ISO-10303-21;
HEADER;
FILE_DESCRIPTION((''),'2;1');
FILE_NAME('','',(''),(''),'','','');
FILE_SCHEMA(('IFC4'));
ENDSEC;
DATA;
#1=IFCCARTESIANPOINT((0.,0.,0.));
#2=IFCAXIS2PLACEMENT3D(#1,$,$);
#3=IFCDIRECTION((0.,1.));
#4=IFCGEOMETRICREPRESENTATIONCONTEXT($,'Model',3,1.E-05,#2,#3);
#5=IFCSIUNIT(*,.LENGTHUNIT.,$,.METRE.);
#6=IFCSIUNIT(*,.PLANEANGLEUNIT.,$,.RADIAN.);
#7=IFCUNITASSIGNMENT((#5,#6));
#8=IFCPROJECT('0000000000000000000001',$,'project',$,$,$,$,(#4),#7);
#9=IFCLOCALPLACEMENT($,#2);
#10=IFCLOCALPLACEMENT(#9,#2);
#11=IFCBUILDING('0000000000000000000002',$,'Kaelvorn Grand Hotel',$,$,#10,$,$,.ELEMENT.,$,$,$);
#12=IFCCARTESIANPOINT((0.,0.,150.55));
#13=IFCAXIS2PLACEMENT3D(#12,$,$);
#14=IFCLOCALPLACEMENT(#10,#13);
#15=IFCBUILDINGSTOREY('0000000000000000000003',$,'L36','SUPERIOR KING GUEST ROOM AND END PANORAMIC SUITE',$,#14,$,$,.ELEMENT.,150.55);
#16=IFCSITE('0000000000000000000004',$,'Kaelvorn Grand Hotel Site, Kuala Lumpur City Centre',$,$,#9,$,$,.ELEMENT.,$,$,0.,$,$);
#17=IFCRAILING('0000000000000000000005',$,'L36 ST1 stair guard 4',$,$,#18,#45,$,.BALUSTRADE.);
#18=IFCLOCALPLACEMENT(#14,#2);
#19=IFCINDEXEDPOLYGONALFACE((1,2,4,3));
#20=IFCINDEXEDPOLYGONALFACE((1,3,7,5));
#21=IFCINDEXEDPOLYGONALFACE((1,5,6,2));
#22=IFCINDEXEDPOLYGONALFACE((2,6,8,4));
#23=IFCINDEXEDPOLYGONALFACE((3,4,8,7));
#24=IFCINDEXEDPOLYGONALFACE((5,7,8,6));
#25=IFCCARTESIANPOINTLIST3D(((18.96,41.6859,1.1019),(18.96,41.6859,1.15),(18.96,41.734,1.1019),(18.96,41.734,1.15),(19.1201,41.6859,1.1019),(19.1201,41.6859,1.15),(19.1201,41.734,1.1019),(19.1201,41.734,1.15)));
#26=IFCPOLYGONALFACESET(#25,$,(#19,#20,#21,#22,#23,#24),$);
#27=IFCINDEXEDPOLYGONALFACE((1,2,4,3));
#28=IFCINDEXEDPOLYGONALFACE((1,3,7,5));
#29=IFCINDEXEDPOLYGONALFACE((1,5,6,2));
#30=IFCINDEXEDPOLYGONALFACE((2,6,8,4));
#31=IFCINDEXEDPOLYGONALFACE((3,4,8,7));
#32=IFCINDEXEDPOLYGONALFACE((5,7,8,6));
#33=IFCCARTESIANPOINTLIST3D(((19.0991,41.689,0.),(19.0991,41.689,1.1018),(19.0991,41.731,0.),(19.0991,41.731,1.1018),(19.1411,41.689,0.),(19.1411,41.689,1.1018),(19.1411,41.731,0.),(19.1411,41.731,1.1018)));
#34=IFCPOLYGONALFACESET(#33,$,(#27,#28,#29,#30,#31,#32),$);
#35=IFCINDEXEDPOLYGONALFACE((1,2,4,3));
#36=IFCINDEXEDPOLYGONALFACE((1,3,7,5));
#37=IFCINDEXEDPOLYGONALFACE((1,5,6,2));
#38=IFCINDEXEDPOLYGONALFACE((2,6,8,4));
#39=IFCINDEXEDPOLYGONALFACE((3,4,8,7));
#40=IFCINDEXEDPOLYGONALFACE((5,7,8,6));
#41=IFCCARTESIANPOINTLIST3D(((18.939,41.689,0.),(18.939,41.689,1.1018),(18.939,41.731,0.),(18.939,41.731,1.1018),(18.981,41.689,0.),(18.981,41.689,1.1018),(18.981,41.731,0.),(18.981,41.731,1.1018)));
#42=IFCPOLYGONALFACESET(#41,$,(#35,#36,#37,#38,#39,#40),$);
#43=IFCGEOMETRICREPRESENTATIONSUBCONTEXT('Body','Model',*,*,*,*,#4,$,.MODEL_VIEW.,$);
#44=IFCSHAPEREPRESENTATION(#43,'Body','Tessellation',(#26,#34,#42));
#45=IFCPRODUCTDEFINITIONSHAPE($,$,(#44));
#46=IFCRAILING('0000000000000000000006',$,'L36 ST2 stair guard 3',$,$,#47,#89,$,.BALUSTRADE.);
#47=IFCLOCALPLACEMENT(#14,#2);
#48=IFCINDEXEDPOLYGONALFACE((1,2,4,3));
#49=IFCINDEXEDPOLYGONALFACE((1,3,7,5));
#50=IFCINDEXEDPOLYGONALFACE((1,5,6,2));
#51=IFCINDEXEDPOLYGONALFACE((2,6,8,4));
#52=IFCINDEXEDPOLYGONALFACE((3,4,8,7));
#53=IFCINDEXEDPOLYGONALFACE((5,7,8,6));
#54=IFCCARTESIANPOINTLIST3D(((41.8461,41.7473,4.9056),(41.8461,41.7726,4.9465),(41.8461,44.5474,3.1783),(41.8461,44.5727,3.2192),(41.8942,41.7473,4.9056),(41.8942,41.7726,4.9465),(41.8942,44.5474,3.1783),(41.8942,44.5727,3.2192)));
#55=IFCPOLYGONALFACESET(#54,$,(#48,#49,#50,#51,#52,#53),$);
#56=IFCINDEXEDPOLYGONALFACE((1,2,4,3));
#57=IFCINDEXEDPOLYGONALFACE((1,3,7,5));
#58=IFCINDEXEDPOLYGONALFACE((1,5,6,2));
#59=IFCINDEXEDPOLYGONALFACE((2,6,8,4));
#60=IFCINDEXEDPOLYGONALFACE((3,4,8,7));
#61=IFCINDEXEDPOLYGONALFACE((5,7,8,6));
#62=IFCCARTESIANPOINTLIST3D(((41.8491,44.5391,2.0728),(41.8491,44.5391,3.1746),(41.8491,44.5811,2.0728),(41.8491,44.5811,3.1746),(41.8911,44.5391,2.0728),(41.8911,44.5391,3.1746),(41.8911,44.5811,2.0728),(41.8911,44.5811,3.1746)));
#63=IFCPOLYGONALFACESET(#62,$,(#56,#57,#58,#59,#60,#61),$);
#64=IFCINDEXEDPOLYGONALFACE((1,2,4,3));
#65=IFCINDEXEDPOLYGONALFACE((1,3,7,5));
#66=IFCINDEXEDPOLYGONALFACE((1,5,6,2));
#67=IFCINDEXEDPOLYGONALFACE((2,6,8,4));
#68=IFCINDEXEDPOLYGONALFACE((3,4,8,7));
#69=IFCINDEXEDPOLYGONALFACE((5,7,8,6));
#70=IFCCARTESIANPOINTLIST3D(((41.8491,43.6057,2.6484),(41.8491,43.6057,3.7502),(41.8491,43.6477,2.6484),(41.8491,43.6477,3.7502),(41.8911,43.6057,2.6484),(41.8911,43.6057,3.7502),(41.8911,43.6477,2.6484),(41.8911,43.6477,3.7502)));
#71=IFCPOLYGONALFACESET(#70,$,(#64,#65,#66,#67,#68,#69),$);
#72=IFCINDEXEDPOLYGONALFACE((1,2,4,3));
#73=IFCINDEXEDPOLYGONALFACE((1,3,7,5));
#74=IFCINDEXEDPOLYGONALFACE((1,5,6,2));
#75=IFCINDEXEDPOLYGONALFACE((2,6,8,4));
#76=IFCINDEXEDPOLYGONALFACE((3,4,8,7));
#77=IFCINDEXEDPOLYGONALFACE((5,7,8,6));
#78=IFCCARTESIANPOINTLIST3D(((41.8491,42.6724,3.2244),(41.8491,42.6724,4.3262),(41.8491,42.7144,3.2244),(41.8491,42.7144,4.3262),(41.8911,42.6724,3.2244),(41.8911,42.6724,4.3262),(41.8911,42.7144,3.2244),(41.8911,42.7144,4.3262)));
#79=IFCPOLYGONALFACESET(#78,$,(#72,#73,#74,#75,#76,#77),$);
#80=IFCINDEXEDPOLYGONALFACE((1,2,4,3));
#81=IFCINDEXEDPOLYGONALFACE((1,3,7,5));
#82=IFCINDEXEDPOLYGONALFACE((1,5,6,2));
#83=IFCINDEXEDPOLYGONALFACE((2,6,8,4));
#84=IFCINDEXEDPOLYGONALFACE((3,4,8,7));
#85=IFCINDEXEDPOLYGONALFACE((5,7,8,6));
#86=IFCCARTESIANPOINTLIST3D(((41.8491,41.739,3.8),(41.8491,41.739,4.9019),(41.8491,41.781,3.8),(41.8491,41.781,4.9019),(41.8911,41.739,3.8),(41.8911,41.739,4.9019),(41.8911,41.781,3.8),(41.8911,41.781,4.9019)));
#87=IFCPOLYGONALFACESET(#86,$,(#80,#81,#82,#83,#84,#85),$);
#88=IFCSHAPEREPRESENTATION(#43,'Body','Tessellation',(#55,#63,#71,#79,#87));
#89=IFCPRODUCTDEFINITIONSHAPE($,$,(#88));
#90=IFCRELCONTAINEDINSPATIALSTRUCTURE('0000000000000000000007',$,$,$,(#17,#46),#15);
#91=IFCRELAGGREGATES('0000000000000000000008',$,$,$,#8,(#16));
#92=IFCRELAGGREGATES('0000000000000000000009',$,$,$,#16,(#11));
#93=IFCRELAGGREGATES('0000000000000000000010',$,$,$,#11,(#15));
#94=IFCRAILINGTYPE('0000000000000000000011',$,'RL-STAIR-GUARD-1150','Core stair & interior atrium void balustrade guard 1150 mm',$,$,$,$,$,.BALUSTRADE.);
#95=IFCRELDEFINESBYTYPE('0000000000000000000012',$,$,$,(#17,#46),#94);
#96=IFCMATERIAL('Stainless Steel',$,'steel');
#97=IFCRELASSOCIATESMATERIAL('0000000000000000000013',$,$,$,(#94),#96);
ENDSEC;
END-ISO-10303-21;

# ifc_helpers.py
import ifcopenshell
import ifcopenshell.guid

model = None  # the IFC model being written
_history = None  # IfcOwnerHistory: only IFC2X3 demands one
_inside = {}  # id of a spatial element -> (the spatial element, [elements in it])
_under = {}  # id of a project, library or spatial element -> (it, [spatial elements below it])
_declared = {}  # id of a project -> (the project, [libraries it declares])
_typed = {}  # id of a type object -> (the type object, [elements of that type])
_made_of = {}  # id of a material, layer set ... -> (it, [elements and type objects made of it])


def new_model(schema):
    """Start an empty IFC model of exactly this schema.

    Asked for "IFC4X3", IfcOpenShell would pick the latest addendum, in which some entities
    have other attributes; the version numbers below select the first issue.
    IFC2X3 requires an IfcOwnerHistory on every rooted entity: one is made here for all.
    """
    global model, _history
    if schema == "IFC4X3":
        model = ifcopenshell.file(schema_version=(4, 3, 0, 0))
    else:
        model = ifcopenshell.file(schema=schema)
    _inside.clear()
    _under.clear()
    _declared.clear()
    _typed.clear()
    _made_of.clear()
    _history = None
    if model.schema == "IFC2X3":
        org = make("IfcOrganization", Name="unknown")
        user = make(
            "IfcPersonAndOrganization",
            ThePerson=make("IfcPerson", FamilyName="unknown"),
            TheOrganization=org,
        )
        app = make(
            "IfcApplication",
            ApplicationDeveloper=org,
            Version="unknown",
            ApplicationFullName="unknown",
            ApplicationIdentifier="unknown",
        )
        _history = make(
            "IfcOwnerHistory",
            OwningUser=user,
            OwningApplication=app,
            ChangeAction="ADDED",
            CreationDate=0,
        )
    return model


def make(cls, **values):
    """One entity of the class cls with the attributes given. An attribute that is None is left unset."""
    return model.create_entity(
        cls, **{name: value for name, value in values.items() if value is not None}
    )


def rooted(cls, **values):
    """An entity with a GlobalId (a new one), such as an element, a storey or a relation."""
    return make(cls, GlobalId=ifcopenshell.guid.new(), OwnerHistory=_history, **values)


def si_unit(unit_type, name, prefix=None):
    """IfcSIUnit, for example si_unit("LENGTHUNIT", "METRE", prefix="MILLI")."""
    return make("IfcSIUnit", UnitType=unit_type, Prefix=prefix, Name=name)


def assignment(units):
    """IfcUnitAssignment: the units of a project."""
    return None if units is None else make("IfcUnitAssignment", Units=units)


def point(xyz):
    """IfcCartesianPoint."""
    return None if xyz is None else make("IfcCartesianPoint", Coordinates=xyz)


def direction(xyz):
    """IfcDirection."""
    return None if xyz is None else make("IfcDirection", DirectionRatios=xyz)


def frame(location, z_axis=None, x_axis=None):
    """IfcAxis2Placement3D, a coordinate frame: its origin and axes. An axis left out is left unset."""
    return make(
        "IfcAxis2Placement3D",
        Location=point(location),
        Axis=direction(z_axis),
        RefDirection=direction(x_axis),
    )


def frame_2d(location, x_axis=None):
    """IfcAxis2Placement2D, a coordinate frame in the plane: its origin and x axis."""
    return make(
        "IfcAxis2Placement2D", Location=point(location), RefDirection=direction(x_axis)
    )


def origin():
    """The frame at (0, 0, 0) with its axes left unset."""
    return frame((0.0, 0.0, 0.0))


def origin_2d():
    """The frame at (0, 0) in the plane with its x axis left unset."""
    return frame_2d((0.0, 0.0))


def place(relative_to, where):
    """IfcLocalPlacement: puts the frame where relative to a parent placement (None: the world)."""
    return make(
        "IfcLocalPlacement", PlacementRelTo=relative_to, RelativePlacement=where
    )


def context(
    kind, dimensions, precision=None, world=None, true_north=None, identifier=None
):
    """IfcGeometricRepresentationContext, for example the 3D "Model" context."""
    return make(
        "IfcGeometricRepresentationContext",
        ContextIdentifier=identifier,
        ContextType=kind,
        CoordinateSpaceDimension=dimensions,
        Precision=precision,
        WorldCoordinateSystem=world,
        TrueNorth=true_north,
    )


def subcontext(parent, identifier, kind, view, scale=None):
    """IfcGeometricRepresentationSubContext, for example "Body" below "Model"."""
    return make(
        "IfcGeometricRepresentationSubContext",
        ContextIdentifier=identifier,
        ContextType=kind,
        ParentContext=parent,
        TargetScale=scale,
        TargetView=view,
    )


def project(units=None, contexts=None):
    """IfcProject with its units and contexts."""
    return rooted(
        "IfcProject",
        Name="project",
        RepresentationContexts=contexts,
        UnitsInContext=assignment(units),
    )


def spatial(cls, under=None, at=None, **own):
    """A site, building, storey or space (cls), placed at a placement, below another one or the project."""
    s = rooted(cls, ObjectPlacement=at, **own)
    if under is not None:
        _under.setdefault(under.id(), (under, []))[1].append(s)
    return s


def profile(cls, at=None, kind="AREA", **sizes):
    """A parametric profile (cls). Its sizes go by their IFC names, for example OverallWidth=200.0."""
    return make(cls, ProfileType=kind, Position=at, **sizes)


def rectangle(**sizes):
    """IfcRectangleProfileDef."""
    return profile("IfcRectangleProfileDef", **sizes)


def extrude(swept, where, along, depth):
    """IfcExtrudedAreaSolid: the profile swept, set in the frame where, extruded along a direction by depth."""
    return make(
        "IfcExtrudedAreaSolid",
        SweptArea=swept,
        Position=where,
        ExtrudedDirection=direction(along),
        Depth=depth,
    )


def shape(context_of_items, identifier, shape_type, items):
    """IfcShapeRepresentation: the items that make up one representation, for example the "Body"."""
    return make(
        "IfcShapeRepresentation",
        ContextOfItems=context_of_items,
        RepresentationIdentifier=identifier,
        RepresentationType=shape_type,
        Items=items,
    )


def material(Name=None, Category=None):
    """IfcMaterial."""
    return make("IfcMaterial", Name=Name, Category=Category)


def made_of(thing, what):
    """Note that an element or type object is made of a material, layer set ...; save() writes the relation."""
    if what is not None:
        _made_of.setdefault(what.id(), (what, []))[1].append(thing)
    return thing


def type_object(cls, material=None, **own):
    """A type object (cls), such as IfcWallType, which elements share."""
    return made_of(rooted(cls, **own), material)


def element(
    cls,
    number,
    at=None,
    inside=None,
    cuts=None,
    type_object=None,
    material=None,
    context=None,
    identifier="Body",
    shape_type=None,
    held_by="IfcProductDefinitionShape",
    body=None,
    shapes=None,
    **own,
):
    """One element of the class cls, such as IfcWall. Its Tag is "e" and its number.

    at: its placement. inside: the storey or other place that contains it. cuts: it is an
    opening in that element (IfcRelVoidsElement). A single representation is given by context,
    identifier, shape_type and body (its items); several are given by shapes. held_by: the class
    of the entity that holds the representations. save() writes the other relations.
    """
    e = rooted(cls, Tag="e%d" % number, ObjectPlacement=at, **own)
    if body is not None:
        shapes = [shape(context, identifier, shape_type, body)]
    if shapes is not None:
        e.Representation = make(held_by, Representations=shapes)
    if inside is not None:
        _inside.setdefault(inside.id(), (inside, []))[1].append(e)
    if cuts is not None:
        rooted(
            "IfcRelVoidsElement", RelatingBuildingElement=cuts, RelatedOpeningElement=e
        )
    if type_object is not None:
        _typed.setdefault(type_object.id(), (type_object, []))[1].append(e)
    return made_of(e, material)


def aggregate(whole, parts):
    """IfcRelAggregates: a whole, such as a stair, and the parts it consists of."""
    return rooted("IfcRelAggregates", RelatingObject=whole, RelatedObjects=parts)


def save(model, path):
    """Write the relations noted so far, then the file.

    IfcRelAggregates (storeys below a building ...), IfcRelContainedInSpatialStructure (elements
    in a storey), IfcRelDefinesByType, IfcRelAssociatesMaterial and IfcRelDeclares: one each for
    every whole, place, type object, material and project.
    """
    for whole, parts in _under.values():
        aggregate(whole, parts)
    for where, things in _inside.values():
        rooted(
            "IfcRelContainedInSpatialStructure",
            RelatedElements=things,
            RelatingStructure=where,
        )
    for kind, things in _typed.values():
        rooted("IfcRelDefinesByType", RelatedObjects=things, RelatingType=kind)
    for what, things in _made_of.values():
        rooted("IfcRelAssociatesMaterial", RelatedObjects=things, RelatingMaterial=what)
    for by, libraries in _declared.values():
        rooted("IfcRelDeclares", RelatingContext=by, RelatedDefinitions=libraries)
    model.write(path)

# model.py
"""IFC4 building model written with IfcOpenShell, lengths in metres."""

from ifc_helpers import new_model, si_unit, direction, frame, origin, origin_2d, place, context, subcontext, project, spatial, rectangle, extrude, material, type_object, element, save


model = new_model("IFC4")

# Units and contexts
model_context = context("Model", 3, precision=1e-05, world=origin(), true_north=direction((0.0, 1.0)))
body_context = subcontext(model_context, "Body", "Model", "MODEL_VIEW")
ifc_project = project(units=[si_unit("LENGTHUNIT", "METRE"), si_unit("PLANEANGLEUNIT", "RADIAN")], contexts=[model_context])

# Site, building, storey
site_placement = place(None, origin())
site = spatial("IfcSite", under=ifc_project, at=site_placement, Name="Kaelvorn Grand Hotel Site, Kuala Lumpur City Centre", CompositionType="ELEMENT", RefElevation=0.0)
building_placement = place(site_placement, origin())
building = spatial("IfcBuilding", under=site, at=building_placement, Name="Kaelvorn Grand Hotel", CompositionType="ELEMENT")
storey_placement = place(building_placement, frame((0.0, 0.0, 150.55)))
storey = spatial("IfcBuildingStorey", under=building, at=storey_placement, Name="L36", Description="SUPERIOR KING GUEST ROOM AND END PANORAMIC SUITE", CompositionType="ELEMENT", Elevation=150.55)

# Railings
ifc_material_1 = material(Name="Stainless Steel", Category="steel")
railing_type_1 = type_object("IfcRailingType", Name="RL-STAIR-GUARD-1150", Description="Core stair & interior atrium void balustrade guard 1150 mm", PredefinedType="BALUSTRADE", material=ifc_material_1)
for number, where, name in (
    (1, (19.1201, 41.71, 0.0), "L36 ST1 stair guard 4"),
):
    element("IfcRailing", number, at=place(storey_placement, frame(where)), inside=storey, type_object=railing_type_1, Name=name, PredefinedType="BALUSTRADE", context=body_context, shape_type="SweptSolid", body=[
        extrude(rectangle(XDim=0.0481, YDim=0.0481, at=origin_2d()), frame((0.0, 0.0, 1.126), z_axis=(-1.0, 0.0, 0.0), x_axis=(0.0, -1.0, 0.0)), (0.0, 0.0, 1.0), 0.1602),
        extrude(rectangle(XDim=0.042, YDim=0.042, at=origin_2d()), origin(), (0.0, 0.0, 1.0), 1.1018),
        extrude(rectangle(XDim=0.042, YDim=0.042, at=origin_2d()), frame((-0.1602, 0.0, 0.0)), (0.0, 0.0, 1.0), 1.1018),
    ])
railing_1_placement = place(storey_placement, frame((41.8701, 44.5601, 2.0728)))
element("IfcRailing", 2, at=railing_1_placement, inside=storey, type_object=railing_type_1, Name="L36 ST2 stair guard 3", PredefinedType="BALUSTRADE", context=body_context, shape_type="SweptSolid", body=[
    extrude(rectangle(XDim=0.0481, YDim=0.0481, at=origin_2d()), frame((0.0, 0.0, 1.126), z_axis=(0.0, -0.85109, 0.52502), x_axis=(1.0, 0.0, 0.0)), (0.0, 0.0, 1.0), 3.29),
    extrude(rectangle(XDim=0.042, YDim=0.042, at=origin_2d()), origin(), (0.0, 0.0, 1.0), 1.1018),
    extrude(rectangle(XDim=0.042, YDim=0.042, at=origin_2d()), frame((0.0, -0.9333, 0.5757)), (0.0, 0.0, 1.0), 1.1018),
    extrude(rectangle(XDim=0.042, YDim=0.042, at=origin_2d()), frame((0.0, -1.8667, 1.1516)), (0.0, 0.0, 1.0), 1.1018),
    extrude(rectangle(XDim=0.042, YDim=0.042, at=origin_2d()), frame((0.0, -2.8, 1.7273)), (0.0, 0.0, 1.0), 1.1018),
])

save(model, "model.ifc")
